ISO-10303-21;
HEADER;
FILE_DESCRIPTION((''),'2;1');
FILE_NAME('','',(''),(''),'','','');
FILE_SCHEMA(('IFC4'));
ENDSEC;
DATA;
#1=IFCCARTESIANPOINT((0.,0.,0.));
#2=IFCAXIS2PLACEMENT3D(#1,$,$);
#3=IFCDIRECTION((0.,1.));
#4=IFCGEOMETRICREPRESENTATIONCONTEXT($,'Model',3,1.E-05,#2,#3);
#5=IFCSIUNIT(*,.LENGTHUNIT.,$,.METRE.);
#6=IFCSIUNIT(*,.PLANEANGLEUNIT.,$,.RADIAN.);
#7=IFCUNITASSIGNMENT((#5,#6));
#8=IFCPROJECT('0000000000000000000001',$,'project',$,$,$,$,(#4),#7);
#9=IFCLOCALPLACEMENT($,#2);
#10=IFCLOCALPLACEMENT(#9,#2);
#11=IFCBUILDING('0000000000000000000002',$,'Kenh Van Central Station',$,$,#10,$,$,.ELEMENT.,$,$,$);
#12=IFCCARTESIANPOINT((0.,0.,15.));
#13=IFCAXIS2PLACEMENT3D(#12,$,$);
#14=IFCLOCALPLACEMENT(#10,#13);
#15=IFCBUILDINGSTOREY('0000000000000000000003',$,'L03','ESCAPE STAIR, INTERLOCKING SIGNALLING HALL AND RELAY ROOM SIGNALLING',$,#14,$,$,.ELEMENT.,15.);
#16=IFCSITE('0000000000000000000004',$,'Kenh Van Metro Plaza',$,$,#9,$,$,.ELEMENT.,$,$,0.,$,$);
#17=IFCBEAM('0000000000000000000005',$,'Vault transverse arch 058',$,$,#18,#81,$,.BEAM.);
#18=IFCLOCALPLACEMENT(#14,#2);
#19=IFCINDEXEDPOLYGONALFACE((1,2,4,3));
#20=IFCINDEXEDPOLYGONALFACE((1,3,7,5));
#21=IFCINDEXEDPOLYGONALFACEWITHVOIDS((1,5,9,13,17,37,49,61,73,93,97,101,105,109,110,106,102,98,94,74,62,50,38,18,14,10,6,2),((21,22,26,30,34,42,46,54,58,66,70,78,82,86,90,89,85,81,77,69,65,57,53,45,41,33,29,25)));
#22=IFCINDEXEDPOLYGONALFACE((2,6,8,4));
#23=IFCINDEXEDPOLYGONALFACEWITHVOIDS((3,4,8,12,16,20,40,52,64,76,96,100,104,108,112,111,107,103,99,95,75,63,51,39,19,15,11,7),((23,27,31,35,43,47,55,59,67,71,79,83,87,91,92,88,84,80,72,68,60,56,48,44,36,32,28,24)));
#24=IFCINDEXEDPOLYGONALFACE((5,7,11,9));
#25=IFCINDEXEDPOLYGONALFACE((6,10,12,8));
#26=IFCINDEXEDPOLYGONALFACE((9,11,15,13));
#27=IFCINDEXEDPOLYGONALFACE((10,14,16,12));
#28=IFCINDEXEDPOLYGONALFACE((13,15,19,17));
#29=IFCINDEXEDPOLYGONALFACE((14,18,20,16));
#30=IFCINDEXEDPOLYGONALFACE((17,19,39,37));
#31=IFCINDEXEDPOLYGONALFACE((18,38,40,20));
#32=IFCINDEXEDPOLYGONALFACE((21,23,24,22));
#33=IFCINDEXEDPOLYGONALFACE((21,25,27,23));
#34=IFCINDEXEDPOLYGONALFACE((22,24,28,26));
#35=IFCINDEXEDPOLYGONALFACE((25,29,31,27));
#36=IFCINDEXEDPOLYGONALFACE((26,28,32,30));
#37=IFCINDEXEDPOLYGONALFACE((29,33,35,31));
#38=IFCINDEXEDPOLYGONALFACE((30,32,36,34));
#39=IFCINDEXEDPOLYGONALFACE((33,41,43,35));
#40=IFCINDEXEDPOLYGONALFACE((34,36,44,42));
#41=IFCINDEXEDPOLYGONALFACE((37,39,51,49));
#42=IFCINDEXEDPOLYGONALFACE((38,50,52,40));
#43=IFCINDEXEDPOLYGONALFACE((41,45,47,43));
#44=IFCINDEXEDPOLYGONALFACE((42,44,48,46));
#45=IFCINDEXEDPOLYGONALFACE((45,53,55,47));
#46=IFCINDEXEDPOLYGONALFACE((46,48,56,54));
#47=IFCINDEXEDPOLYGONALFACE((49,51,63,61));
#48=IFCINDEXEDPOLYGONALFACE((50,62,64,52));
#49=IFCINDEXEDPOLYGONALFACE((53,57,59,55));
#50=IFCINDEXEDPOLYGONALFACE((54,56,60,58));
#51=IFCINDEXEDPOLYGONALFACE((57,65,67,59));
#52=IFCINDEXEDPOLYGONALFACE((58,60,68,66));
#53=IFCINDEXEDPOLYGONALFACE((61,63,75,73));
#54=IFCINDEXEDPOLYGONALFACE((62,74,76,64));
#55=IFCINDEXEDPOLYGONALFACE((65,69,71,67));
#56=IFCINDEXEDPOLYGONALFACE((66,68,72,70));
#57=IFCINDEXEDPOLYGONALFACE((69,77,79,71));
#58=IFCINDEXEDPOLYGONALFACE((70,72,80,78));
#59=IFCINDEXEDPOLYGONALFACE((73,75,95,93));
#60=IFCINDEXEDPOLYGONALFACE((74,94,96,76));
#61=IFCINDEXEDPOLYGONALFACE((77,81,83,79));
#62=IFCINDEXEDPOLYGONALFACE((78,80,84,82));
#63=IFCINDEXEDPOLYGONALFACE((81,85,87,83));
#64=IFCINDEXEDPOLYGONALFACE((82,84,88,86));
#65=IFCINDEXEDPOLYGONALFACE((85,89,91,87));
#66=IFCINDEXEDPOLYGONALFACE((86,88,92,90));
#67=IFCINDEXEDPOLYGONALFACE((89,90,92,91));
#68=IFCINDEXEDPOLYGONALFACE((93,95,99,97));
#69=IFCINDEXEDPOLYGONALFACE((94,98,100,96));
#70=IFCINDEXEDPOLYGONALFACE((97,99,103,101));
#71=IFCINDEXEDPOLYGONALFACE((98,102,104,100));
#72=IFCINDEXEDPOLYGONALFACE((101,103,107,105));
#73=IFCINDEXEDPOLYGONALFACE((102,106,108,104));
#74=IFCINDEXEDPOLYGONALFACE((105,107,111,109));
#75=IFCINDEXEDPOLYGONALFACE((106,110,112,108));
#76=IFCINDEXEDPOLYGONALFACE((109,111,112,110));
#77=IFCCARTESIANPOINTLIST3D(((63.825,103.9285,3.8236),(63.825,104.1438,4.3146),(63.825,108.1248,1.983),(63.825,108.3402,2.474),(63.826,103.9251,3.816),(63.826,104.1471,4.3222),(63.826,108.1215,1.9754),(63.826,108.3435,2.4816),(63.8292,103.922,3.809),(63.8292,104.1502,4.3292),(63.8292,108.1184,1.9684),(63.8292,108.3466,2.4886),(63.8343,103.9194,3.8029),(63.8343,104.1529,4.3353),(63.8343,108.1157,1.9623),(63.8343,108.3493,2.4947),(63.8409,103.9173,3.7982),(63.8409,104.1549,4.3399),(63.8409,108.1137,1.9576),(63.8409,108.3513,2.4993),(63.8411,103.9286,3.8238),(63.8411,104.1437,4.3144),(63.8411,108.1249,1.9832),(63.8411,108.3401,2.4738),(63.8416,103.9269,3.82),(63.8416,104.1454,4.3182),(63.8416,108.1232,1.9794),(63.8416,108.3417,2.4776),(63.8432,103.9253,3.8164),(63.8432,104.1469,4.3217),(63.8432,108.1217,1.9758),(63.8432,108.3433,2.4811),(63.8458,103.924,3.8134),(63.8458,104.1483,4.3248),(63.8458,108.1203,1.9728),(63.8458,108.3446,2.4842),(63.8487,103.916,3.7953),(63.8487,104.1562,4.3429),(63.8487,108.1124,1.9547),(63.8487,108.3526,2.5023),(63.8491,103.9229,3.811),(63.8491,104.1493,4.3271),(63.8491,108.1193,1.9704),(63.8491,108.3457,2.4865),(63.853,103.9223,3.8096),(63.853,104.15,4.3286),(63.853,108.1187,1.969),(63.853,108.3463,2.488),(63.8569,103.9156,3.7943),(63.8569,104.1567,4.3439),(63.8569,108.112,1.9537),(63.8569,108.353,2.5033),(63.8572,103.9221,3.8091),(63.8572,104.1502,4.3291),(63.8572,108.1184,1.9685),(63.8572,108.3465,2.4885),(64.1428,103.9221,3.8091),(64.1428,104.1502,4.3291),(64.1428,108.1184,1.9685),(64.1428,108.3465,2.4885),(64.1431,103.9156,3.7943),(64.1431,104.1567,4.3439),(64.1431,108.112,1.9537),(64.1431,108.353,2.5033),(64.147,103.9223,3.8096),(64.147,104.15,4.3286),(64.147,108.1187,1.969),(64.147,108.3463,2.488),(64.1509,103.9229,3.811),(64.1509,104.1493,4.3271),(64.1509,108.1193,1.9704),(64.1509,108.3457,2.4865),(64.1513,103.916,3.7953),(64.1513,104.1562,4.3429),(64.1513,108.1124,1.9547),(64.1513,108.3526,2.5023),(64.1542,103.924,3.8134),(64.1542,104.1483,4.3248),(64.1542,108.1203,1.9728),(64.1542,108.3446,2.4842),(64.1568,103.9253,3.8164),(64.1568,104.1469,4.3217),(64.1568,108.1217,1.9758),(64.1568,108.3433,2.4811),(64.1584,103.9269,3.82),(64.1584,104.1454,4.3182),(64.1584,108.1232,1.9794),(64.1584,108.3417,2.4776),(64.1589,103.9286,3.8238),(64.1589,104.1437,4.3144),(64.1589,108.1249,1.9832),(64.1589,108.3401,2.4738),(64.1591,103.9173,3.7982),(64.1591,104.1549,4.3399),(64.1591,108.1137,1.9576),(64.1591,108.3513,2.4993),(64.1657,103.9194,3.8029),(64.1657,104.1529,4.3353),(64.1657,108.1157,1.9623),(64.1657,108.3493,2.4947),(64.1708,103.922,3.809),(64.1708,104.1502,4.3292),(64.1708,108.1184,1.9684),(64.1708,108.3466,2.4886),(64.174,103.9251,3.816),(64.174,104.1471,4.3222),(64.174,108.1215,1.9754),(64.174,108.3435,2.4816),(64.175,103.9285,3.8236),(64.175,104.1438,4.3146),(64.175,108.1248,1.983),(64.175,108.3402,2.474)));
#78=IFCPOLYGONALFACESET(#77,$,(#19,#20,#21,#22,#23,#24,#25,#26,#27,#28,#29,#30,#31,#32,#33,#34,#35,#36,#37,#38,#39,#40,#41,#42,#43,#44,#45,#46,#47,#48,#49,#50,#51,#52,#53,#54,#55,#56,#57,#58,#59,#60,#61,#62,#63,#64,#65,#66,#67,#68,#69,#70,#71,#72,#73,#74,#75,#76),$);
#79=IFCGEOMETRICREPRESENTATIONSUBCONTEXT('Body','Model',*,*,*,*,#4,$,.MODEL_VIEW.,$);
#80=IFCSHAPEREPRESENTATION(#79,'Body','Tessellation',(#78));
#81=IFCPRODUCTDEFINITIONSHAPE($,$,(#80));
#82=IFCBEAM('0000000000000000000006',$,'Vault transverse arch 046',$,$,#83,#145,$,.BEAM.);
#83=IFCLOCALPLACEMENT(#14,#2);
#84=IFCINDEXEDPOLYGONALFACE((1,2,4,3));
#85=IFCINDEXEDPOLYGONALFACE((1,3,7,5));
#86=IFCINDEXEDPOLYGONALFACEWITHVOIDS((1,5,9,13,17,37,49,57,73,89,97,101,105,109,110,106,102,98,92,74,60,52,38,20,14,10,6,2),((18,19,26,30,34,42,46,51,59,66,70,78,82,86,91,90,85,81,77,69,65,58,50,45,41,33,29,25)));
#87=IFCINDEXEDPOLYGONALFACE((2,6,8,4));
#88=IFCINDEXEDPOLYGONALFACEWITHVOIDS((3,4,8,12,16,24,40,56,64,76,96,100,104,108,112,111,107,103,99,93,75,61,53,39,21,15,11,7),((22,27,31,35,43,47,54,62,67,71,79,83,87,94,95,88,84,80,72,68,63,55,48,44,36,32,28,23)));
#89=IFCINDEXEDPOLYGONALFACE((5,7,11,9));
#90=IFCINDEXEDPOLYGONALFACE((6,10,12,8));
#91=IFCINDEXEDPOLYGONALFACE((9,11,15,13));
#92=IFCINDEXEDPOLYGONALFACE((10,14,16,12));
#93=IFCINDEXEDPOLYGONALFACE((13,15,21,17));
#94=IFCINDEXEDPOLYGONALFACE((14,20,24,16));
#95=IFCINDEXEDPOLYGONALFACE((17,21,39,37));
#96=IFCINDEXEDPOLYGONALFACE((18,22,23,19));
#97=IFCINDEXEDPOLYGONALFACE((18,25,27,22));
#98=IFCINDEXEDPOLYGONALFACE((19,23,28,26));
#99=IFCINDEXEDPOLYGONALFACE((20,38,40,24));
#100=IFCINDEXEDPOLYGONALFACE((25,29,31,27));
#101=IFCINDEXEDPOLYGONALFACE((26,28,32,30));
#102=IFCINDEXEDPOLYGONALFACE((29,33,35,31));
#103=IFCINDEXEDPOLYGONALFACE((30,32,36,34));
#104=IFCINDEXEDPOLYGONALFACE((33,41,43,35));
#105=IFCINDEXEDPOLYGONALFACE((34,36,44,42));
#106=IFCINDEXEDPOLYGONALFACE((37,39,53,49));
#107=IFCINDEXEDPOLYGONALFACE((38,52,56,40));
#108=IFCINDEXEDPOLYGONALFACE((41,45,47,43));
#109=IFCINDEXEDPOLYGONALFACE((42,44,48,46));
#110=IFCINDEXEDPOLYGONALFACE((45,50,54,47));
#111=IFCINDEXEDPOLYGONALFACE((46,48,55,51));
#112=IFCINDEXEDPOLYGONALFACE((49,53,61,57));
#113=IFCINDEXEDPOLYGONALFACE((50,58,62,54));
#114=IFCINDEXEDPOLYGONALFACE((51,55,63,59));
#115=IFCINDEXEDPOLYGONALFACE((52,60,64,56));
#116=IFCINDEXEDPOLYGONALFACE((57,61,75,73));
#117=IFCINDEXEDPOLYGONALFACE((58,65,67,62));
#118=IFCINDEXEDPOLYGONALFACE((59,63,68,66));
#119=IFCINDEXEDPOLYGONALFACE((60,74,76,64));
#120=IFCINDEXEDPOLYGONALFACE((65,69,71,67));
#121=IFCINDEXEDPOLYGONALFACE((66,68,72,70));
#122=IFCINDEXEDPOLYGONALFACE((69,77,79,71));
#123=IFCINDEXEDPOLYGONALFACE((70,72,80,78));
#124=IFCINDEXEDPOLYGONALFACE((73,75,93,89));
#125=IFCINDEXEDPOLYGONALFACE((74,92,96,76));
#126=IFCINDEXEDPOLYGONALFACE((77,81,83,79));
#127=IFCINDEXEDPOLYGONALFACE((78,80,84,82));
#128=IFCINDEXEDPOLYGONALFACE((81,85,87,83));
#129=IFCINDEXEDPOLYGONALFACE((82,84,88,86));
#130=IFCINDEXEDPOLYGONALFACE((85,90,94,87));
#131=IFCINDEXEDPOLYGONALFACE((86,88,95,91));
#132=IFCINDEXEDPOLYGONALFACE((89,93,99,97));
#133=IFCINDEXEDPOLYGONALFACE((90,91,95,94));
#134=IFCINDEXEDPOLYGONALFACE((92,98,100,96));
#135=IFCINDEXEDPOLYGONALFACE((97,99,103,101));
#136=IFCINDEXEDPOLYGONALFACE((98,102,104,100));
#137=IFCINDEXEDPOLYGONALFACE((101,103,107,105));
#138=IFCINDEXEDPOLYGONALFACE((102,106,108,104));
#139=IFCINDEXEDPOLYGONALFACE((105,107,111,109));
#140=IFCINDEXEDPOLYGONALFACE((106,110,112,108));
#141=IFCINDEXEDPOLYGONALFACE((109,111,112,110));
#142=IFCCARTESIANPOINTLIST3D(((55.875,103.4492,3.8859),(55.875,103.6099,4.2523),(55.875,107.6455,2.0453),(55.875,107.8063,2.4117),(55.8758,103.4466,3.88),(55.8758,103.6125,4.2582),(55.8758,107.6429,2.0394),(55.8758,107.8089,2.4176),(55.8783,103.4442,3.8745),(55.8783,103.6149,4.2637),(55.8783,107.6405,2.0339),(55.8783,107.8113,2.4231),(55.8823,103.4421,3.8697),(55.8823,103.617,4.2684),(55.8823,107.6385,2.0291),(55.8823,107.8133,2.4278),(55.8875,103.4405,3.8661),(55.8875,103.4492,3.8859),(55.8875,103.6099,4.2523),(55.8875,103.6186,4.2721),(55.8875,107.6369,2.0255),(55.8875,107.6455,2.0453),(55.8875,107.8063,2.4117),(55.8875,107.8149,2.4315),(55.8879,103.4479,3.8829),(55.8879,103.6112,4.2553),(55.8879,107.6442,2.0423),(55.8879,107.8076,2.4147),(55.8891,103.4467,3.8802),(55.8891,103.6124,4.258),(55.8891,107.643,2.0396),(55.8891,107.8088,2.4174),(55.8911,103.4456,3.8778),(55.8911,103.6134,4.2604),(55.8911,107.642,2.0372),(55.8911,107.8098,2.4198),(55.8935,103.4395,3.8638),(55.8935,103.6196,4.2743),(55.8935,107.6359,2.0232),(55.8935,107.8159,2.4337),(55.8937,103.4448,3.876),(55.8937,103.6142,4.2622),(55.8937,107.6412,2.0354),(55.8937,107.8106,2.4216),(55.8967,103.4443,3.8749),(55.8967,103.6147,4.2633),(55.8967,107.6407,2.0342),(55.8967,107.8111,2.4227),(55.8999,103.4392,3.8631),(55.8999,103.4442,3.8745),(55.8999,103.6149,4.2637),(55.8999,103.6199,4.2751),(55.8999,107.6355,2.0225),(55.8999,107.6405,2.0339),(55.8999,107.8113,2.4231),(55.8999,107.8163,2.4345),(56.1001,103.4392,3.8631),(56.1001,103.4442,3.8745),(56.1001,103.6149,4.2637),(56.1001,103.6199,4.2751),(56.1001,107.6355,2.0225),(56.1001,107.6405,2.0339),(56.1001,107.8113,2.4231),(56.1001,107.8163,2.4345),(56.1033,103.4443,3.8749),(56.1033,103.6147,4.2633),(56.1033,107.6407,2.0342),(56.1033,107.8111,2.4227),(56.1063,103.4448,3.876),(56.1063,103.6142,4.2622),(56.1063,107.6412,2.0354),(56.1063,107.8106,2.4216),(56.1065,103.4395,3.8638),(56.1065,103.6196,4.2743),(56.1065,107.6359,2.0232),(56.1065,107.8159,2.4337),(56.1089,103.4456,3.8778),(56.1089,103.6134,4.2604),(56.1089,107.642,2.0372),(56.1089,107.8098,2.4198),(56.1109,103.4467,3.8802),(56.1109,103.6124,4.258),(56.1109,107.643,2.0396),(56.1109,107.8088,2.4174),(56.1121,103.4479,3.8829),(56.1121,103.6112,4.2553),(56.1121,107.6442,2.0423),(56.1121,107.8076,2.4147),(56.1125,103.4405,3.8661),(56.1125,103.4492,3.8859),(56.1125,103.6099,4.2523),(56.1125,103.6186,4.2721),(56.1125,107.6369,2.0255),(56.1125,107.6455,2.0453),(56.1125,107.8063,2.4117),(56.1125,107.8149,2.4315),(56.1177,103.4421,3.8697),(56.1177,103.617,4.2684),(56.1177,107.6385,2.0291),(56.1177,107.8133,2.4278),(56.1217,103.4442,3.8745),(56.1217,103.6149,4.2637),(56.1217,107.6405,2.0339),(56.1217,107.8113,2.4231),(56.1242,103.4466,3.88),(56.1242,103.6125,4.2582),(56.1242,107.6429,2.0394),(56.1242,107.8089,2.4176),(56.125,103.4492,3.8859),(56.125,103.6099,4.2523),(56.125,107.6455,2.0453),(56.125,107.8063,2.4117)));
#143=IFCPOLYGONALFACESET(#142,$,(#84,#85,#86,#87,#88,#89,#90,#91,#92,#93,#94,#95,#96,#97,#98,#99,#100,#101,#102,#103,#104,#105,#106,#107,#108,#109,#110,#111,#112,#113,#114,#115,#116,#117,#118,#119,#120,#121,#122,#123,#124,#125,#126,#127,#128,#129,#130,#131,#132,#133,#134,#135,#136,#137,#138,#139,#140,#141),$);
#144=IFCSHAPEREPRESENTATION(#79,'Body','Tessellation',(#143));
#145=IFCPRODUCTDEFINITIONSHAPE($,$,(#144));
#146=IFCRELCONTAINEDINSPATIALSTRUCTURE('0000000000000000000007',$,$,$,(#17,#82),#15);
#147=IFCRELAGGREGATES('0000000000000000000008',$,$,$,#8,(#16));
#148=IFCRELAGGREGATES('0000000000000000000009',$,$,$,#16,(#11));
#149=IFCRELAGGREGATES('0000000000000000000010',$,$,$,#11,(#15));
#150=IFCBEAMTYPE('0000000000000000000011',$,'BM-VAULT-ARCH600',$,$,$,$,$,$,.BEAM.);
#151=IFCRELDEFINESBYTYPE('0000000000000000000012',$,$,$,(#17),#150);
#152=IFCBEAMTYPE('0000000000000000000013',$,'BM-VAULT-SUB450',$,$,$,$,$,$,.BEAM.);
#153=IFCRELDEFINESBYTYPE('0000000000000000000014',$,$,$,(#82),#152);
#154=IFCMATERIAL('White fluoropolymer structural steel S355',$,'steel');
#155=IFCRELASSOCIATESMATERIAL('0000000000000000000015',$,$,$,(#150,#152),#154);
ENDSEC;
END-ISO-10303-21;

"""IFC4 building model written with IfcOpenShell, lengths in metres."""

from ifc_helpers import new_model, si_unit, direction, frame, origin, origin_2d, place, context, subcontext, project, spatial, hollow_rectangle, extrude, material, material_profile, profile_set, type_object, element, save


model = new_model("IFC4")

# Units and contexts
model_context = context("Model", 3, precision=1e-05, world=origin(), true_north=direction((0.0, 1.0)))
body_context = subcontext(model_context, "Body", "Model", "MODEL_VIEW")
ifc_project = project(units=[si_unit("LENGTHUNIT", "METRE"), si_unit("PLANEANGLEUNIT", "RADIAN")], contexts=[model_context])

# Site, building, storey
site_placement = place(None, origin())
site = spatial("IfcSite", under=ifc_project, at=site_placement, Name="Kenh Van Metro Plaza", CompositionType="ELEMENT", RefElevation=0.0)
building_placement = place(site_placement, origin())
building = spatial("IfcBuilding", under=site, at=building_placement, Name="Kenh Van Central Station", CompositionType="ELEMENT")
storey_placement = place(building_placement, frame((0.0, 0.0, 15.0)))
storey = spatial("IfcBuildingStorey", under=building, at=storey_placement, Name="L03", Description="ESCAPE STAIR, INTERLOCKING SIGNALLING HALL AND RELAY ROOM SIGNALLING", CompositionType="ELEMENT", Elevation=15.0)

# Beams
ifc_material_1 = material(Name="White fluoropolymer structural steel S355", Category="steel")
ifc_material_profile_1 = material_profile(ifc_material_1, hollow_rectangle(XDim=0.3501, YDim=0.6001, WallThickness=0.0161, InnerFilletRadius=0.0161, OuterFilletRadius=0.032, at=origin_2d()), Name="RHS 600x350x16")
ifc_profile_set_1 = profile_set([ifc_material_profile_1], Name="White fluoropolymer structural steel S355")
beam_type_1 = type_object("IfcBeamType", Name="BM-VAULT-ARCH600", PredefinedType="BEAM", material=ifc_profile_set_1)
beam_1_placement = place(storey_placement, frame((64.0, 104.0361, 4.0691), z_axis=(0.0, 0.91578, -0.40168), x_axis=(-1.0, 0.0, 0.0)))
element("IfcBeam", 1, at=beam_1_placement, inside=storey, type_object=beam_type_1, Name="Vault transverse arch 058", PredefinedType="BEAM", context=body_context, shape_type="SweptSolid", body=[
    extrude(hollow_rectangle(XDim=0.3501, YDim=0.6001, WallThickness=0.0161, InnerFilletRadius=0.0161, OuterFilletRadius=0.032, at=origin_2d()), origin(), (0.0, 0.0, 1.0), 4.5823),
])
ifc_material_profile_2 = material_profile(ifc_material_1, hollow_rectangle(XDim=0.25, YDim=0.45, WallThickness=0.0125, InnerFilletRadius=0.0125, OuterFilletRadius=0.0249, at=origin_2d()), Name="RHS 450x250x12.5")
ifc_profile_set_2 = profile_set([ifc_material_profile_2], Name="White fluoropolymer structural steel S355")
beam_type_2 = type_object("IfcBeamType", Name="BM-VAULT-SUB450", PredefinedType="BEAM", material=ifc_profile_set_2)
beam_2_placement = place(storey_placement, frame((56.0, 103.5295, 4.0691), z_axis=(0.0, 0.91578, -0.40168), x_axis=(-1.0, 0.0, 0.0)))
element("IfcBeam", 2, at=beam_2_placement, inside=storey, type_object=beam_type_2, Name="Vault transverse arch 046", PredefinedType="BEAM", context=body_context, shape_type="SweptSolid", body=[
    extrude(hollow_rectangle(XDim=0.25, YDim=0.45, WallThickness=0.0125, InnerFilletRadius=0.0125, OuterFilletRadius=0.0249, at=origin_2d()), origin(), (0.0, 0.0, 1.0), 4.5823),
])

save(model, "model.ifc")
